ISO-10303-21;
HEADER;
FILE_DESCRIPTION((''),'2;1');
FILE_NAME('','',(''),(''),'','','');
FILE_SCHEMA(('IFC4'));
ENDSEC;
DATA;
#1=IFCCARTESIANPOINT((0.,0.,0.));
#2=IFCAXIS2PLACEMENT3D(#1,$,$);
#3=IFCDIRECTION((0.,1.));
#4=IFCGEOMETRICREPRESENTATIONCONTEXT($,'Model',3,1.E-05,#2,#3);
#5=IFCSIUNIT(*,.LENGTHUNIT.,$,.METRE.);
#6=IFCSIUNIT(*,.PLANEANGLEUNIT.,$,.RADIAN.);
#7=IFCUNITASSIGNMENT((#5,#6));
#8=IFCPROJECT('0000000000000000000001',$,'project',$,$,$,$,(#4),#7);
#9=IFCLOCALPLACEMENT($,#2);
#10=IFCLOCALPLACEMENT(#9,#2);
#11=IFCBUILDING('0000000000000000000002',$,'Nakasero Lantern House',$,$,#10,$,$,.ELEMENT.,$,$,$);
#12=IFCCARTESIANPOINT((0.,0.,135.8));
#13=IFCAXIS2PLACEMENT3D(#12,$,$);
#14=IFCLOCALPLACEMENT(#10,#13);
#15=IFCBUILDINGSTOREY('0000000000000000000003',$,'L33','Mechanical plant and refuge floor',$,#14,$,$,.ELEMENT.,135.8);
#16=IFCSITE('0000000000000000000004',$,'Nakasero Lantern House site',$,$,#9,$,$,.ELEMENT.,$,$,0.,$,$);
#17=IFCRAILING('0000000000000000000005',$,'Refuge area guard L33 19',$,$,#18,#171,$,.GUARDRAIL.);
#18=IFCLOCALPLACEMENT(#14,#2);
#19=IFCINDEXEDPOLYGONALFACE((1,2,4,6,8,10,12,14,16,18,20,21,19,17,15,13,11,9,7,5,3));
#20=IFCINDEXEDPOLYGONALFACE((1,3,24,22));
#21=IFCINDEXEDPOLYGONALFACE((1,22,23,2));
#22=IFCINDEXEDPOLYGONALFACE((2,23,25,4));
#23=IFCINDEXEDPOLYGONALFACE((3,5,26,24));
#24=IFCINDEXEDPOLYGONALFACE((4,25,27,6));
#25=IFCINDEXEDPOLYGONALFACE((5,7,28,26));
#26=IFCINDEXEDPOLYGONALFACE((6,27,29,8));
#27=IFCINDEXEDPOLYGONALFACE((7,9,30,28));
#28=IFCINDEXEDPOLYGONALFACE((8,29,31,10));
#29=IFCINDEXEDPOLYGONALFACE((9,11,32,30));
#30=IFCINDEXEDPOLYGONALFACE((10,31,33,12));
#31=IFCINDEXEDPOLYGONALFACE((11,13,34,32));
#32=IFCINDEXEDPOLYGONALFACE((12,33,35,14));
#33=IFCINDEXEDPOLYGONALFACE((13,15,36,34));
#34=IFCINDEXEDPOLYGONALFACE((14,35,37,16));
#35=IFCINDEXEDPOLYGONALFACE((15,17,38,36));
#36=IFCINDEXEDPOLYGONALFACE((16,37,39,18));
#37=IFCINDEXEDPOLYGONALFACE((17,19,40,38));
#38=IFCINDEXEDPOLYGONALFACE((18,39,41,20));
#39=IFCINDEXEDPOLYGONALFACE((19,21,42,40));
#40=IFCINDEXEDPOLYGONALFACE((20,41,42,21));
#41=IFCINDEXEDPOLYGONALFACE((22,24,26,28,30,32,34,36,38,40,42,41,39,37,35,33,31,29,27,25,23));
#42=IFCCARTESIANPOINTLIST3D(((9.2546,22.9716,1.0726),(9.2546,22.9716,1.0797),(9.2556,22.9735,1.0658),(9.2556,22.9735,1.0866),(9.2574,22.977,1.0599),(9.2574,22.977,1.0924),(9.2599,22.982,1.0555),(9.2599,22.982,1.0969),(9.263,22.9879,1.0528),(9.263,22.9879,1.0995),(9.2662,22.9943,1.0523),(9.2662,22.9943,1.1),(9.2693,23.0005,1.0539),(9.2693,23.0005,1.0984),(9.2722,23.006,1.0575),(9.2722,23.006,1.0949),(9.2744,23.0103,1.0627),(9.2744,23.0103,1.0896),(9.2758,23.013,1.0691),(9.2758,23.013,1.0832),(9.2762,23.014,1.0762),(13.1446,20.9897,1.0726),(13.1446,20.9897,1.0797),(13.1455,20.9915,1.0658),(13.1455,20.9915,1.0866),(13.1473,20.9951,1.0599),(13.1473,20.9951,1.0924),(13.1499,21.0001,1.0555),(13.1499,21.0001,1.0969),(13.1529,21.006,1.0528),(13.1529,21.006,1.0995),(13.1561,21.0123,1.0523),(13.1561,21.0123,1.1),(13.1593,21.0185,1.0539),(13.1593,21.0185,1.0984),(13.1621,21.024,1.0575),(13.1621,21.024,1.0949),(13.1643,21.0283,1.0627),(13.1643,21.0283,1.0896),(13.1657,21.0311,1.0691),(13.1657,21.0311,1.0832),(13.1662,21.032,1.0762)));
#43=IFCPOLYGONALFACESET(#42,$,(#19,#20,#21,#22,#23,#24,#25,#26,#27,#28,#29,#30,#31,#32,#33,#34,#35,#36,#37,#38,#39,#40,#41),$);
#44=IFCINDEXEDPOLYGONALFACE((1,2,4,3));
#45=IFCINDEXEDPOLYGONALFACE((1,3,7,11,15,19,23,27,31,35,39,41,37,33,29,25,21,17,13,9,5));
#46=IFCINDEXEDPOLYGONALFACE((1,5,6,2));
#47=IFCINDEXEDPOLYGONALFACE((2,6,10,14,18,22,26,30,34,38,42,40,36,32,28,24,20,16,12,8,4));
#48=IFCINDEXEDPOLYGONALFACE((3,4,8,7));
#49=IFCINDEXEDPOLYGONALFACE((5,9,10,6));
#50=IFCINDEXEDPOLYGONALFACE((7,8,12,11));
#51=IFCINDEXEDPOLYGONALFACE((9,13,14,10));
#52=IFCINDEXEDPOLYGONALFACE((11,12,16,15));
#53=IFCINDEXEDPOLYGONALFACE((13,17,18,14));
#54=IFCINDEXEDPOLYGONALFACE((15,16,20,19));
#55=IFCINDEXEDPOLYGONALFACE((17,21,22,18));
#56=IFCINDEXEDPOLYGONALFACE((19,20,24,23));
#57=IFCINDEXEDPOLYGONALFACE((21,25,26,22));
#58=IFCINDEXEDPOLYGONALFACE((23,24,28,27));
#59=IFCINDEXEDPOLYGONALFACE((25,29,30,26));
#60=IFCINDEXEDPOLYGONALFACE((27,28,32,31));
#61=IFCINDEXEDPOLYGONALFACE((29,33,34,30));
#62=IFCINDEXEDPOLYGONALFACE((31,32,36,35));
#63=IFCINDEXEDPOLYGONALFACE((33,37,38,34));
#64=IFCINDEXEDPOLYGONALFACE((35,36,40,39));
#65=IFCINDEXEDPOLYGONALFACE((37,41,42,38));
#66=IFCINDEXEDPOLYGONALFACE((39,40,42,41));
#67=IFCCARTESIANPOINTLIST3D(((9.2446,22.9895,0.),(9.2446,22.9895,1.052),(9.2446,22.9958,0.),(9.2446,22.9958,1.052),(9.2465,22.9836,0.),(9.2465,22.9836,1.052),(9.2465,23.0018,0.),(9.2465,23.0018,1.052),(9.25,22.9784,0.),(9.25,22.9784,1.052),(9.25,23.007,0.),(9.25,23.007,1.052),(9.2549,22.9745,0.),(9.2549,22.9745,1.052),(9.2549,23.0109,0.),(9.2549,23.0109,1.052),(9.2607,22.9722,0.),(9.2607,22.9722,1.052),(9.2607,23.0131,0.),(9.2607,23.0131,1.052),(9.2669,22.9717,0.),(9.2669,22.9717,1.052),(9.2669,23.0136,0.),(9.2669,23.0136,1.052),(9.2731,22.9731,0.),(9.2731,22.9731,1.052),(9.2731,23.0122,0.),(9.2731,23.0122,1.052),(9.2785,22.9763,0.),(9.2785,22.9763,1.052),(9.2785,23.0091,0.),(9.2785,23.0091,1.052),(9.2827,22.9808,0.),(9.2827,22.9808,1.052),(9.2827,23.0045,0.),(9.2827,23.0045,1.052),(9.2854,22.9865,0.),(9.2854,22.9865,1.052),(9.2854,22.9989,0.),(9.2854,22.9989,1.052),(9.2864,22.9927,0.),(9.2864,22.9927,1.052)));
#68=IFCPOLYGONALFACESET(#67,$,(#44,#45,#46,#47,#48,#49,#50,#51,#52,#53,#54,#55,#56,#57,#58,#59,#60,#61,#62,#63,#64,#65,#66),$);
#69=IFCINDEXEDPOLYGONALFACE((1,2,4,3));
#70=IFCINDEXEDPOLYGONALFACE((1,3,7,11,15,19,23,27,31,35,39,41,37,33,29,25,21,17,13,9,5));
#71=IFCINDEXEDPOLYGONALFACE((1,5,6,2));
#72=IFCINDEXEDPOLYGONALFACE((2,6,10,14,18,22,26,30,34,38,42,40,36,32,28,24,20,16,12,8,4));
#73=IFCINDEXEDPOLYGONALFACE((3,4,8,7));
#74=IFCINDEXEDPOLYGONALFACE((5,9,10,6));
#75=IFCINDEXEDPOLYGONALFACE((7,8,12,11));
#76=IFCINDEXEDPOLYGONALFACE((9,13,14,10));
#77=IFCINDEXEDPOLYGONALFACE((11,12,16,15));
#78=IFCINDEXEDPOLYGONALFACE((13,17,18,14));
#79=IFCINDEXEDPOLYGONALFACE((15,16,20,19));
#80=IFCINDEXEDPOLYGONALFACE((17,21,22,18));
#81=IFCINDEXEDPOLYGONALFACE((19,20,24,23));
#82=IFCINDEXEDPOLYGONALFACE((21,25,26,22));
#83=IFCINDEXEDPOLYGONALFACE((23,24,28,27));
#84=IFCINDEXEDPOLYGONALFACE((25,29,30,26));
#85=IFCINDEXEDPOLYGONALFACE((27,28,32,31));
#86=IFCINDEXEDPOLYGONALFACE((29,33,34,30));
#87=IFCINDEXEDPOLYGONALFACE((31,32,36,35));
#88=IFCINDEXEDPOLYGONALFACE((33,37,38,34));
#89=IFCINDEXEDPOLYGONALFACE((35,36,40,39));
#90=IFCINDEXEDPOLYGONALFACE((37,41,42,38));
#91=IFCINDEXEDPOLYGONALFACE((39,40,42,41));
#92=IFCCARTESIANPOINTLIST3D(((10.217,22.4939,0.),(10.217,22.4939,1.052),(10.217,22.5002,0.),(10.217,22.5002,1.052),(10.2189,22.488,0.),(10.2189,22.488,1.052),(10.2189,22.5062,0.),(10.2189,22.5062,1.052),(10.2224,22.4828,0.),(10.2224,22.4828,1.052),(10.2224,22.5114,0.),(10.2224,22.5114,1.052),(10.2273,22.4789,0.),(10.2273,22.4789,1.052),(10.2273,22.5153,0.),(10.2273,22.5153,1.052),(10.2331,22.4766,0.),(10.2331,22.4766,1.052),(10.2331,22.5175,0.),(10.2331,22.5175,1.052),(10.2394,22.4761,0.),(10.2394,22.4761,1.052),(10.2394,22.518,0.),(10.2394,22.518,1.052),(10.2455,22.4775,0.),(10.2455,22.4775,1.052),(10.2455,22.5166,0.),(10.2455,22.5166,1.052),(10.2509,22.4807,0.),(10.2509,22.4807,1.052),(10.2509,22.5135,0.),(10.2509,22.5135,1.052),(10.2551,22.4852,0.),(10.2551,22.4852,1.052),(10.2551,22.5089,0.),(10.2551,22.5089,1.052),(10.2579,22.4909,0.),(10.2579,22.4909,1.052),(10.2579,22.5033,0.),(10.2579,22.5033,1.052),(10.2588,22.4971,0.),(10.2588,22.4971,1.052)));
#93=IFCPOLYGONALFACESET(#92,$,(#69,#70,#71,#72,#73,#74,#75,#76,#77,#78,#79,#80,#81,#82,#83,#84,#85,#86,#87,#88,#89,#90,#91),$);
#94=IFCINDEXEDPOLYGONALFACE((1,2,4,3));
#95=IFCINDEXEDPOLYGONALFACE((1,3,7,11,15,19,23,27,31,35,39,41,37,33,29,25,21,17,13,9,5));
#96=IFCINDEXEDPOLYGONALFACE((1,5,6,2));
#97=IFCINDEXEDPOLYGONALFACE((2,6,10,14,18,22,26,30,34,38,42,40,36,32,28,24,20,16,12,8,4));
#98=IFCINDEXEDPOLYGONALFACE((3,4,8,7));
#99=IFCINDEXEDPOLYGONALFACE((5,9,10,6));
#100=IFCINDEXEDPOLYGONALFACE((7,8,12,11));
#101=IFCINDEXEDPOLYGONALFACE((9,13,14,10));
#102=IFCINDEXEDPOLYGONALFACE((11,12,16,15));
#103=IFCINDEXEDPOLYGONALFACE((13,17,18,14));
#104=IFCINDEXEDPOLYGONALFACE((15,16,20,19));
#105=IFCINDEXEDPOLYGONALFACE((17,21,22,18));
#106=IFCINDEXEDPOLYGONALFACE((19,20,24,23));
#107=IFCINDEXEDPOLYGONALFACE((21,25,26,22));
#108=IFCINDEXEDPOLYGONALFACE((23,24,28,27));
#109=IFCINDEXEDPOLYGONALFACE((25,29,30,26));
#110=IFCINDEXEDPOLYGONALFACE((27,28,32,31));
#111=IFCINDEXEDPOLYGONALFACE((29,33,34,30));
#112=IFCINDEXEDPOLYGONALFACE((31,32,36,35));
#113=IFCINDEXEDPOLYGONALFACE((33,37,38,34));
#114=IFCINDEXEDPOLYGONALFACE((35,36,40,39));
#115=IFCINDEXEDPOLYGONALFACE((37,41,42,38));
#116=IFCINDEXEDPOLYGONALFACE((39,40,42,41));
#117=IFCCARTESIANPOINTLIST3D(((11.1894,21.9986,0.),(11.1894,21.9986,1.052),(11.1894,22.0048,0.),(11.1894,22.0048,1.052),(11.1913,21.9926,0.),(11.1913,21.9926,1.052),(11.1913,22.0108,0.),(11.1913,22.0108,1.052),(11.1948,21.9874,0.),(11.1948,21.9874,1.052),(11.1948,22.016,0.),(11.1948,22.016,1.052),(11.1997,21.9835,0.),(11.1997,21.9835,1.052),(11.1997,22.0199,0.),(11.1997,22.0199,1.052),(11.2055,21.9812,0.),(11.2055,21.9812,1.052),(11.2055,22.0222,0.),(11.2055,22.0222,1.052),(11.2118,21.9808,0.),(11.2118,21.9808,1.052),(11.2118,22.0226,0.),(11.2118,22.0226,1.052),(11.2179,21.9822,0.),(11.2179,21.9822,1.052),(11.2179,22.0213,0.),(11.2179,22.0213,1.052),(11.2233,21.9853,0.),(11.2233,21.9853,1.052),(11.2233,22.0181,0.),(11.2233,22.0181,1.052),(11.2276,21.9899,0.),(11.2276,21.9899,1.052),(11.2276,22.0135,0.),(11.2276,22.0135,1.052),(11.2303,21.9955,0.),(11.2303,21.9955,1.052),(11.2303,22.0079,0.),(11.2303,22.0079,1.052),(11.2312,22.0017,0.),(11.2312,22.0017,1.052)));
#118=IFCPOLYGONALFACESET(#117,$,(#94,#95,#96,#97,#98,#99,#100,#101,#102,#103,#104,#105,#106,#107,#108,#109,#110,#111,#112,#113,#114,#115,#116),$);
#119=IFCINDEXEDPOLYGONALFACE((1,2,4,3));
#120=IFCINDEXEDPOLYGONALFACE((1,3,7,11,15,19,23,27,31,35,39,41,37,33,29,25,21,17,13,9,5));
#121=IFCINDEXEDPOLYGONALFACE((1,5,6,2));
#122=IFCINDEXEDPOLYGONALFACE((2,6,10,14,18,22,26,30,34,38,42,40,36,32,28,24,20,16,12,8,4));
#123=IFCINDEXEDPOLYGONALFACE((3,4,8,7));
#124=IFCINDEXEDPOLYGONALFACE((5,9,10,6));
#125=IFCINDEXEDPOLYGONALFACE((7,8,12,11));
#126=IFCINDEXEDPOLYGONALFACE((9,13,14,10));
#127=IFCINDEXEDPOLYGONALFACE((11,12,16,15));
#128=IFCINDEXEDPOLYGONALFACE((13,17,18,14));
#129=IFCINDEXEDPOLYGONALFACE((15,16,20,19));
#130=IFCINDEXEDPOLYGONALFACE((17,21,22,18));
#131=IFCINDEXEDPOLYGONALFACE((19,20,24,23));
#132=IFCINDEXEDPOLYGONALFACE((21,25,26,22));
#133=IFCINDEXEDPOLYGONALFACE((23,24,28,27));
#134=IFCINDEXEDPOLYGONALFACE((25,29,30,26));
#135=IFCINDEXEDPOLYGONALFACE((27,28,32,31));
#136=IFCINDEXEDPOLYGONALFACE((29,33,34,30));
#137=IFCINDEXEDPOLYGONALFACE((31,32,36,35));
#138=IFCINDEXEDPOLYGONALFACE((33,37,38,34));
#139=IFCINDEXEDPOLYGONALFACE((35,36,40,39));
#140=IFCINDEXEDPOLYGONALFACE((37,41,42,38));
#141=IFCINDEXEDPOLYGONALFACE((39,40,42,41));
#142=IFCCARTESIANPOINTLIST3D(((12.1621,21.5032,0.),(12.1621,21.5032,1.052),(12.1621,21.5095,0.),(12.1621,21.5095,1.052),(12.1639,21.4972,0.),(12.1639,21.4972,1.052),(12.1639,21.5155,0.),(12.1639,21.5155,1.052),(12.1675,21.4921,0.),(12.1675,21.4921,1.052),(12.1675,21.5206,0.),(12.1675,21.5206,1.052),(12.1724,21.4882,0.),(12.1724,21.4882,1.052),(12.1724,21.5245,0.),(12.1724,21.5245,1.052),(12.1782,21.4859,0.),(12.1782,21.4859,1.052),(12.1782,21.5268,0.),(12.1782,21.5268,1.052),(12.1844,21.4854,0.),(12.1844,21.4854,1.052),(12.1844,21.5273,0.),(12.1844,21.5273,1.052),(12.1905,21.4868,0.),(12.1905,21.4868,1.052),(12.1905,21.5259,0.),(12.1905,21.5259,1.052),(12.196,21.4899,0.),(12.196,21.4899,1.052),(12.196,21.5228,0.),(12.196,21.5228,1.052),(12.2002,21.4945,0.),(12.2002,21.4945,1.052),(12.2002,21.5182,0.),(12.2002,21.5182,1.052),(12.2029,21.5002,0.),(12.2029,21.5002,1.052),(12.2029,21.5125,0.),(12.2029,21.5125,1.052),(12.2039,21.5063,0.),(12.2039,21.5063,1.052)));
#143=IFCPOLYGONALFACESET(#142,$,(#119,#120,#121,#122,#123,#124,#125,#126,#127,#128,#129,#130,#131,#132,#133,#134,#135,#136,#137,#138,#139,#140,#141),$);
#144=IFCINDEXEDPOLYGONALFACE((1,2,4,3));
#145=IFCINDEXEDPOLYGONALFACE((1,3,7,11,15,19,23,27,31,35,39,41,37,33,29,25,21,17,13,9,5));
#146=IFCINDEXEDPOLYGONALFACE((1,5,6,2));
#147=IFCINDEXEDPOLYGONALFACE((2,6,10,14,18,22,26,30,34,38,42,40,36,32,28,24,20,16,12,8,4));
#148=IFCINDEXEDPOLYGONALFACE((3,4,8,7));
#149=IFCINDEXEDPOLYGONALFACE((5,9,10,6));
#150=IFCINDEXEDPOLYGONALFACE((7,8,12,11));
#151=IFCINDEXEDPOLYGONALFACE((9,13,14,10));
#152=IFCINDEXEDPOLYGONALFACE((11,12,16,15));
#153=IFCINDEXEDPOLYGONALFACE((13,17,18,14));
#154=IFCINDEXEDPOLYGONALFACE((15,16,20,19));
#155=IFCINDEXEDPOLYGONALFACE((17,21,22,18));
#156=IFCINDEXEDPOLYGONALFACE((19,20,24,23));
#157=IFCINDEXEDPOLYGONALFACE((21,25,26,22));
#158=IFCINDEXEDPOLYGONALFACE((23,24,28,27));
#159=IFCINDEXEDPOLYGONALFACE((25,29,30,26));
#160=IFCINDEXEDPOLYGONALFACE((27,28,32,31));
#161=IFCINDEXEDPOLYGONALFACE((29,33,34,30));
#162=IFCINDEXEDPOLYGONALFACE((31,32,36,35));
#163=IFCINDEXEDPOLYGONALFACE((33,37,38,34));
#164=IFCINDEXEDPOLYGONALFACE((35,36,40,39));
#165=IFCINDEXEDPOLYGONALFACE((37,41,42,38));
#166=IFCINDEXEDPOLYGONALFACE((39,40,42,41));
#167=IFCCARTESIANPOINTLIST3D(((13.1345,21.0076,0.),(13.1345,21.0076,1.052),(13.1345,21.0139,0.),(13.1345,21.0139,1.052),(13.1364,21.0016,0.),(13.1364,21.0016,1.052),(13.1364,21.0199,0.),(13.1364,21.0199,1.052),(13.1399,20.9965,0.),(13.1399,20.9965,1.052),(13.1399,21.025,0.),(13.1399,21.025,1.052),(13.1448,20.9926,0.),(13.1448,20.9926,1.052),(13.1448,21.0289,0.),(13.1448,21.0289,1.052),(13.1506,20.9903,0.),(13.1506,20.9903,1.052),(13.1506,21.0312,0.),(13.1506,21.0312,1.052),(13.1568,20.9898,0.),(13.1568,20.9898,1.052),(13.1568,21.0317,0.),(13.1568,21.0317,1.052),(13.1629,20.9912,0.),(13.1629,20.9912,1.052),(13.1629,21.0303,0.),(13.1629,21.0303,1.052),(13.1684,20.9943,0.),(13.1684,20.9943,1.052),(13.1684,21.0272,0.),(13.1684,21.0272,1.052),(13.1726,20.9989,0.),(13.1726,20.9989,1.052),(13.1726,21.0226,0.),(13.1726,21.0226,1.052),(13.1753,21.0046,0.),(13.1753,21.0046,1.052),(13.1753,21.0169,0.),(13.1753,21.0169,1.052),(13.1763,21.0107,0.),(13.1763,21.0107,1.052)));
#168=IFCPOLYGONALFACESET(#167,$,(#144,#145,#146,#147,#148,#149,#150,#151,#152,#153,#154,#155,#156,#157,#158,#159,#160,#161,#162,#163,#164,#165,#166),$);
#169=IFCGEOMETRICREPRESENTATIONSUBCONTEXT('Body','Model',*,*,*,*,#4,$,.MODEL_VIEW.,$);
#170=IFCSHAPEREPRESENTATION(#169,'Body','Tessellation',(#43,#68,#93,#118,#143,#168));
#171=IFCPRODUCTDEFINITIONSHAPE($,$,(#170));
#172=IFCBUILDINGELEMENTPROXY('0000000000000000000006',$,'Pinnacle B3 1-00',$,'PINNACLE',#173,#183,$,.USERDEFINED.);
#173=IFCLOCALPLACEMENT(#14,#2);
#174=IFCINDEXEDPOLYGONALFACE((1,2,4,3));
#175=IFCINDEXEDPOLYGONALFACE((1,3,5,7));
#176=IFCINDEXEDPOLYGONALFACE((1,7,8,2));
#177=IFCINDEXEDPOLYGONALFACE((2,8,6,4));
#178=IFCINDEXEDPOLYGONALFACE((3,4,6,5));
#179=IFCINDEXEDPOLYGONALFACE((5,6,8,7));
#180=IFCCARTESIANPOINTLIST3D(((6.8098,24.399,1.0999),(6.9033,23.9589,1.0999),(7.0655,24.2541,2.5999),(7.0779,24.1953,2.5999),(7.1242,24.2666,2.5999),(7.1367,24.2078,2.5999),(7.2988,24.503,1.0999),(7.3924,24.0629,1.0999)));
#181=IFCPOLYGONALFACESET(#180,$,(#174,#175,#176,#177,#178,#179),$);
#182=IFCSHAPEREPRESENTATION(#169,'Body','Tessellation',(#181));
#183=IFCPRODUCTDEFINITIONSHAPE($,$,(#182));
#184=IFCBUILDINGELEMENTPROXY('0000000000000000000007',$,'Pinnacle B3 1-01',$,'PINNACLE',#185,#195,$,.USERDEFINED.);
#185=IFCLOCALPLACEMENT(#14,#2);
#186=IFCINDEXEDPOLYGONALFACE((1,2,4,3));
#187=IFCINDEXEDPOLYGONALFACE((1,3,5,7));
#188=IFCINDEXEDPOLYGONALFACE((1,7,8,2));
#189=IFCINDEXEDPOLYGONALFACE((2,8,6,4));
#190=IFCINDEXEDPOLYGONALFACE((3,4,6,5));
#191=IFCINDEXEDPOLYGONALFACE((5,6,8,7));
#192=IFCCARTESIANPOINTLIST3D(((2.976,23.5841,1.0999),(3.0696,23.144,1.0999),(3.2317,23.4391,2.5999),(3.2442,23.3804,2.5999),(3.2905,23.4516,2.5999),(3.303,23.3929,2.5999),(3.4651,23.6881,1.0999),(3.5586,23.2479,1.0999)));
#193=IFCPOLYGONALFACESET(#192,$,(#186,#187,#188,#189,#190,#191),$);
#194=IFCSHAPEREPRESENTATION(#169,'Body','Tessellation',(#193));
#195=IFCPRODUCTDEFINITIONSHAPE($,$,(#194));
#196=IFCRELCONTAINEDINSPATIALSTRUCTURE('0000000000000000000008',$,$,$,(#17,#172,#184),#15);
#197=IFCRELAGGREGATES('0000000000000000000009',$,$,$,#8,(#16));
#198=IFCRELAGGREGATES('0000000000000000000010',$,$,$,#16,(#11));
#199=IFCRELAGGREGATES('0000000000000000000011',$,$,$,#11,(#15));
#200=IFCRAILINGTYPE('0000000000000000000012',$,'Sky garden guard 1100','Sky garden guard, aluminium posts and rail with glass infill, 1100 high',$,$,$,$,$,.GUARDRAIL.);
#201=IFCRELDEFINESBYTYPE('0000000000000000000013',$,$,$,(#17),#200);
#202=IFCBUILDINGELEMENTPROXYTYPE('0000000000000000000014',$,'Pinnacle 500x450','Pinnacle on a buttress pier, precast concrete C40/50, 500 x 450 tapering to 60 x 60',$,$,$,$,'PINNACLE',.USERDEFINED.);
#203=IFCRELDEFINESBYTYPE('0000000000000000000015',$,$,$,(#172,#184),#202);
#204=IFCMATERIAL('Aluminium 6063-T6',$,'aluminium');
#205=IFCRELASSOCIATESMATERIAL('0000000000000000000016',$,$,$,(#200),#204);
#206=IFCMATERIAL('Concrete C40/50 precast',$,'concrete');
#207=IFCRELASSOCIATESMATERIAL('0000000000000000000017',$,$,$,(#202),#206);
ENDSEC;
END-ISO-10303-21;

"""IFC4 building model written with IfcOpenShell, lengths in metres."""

from ifc_helpers import new_model, entity, si_unit, direction, frame, origin, origin_2d, place, context, subcontext, project, spatial, circle, extrude, material, type_object, element, save


model = new_model("IFC4")

# Units and contexts
model_context = context("Model", 3, precision=1e-05, world=origin(), true_north=direction((0.0, 1.0)))
body_context = subcontext(model_context, "Body", "Model", "MODEL_VIEW")
ifc_project = project(units=[si_unit("LENGTHUNIT", "METRE"), si_unit("PLANEANGLEUNIT", "RADIAN")], contexts=[model_context])

# Site, building, storey
site_placement = place(None, origin())
site = spatial("IfcSite", under=ifc_project, at=site_placement, Name="Nakasero Lantern House site", CompositionType="ELEMENT", RefElevation=0.0)
building_placement = place(site_placement, origin())
building = spatial("IfcBuilding", under=site, at=building_placement, Name="Nakasero Lantern House", CompositionType="ELEMENT")
storey_placement = place(building_placement, frame((0.0, 0.0, 135.8)))
storey = spatial("IfcBuildingStorey", under=building, at=storey_placement, Name="L33", Description="Mechanical plant and refuge floor", CompositionType="ELEMENT", Elevation=135.8)

# Railing
ifc_material_1 = material(Name="Aluminium 6063-T6", Category="aluminium")
railing_type = type_object("IfcRailingType", Name="Sky garden guard 1100", Description="Sky garden guard, aluminium posts and rail with glass infill, 1100 high", PredefinedType="GUARDRAIL", material=ifc_material_1)
railing_1_placement = place(storey_placement, frame((9.2654, 22.9927, 0.0)))
element("IfcRailing", 1, at=railing_1_placement, inside=storey, type_object=railing_type, Name="Refuge area guard L33 19", PredefinedType="GUARDRAIL", context=body_context, shape_type="SweptSolid", body=[
    extrude(circle(Radius=0.0239, at=origin_2d()), frame((0.0, 0.0, 1.0762), z_axis=(0.891013, -0.453979, 0.0), x_axis=(0.453979, 0.891013, 0.0)), (0.0, 0.0, 1.0), 4.3657),
    extrude(circle(Radius=0.021, at=origin_2d()), origin(), (0.0, 0.0, 1.0), 1.052),
    extrude(circle(Radius=0.021, at=origin_2d()), frame((0.9724, -0.4956, 0.0)), (0.0, 0.0, 1.0), 1.052),
    extrude(circle(Radius=0.021, at=origin_2d()), frame((1.9448, -0.991, 0.0)), (0.0, 0.0, 1.0), 1.052),
    extrude(circle(Radius=0.021, at=origin_2d()), frame((2.9175, -1.4863, 0.0)), (0.0, 0.0, 1.0), 1.052),
    extrude(circle(Radius=0.021, at=origin_2d()), frame((3.8899, -1.9819, 0.0)), (0.0, 0.0, 1.0), 1.052),
])

# Building element proxies
ifc_material_2 = material(Name="Concrete C40/50 precast", Category="concrete")
building_element_proxy_type = type_object("IfcBuildingElementProxyType", Name="Pinnacle 500x450", Description="Pinnacle on a buttress pier, precast concrete C40/50, 500 x 450 tapering to 60 x 60", ElementType="PINNACLE", PredefinedType="USERDEFINED", material=ifc_material_2)
for number, where, z_axis, x_axis, name in (
    (2, (7.1011, 24.231, 1.0999), (0.0, 0.0, 1.0), (-0.207912, 0.978148, 0.0), "Pinnacle B3 1-00"),
    (3, (3.2673, 23.416, 1.0999), (0.0, 0.0, 1.0), (-0.207912, 0.978148, 0.0), "Pinnacle B3 1-01"),
):
    element("IfcBuildingElementProxy", number, at=place(storey_placement, frame(where, z_axis=z_axis, x_axis=x_axis)), inside=storey, type_object=building_element_proxy_type, Name=name, ObjectType="PINNACLE", PredefinedType="USERDEFINED", context=body_context, shape_type="SweptSolid", body=[
        entity("IfcExtrudedAreaSolidTapered", entity("IfcRectangleProfileDef", "AREA", None, entity("IfcAxis2Placement2D", entity("IfcCartesianPoint", [0.0, 0.0])), 0.45, 0.5), entity("IfcAxis2Placement3D", entity("IfcCartesianPoint", [0.0, 0.0, 0.0])), entity("IfcDirection", [0.0, 0.0, 1.0]), 1.5, entity("IfcRectangleProfileDef", "AREA", None, entity("IfcAxis2Placement2D", entity("IfcCartesianPoint", [0.0, 0.0])), 0.0601, 0.0601)),
    ])

save(model, "model.ifc")
